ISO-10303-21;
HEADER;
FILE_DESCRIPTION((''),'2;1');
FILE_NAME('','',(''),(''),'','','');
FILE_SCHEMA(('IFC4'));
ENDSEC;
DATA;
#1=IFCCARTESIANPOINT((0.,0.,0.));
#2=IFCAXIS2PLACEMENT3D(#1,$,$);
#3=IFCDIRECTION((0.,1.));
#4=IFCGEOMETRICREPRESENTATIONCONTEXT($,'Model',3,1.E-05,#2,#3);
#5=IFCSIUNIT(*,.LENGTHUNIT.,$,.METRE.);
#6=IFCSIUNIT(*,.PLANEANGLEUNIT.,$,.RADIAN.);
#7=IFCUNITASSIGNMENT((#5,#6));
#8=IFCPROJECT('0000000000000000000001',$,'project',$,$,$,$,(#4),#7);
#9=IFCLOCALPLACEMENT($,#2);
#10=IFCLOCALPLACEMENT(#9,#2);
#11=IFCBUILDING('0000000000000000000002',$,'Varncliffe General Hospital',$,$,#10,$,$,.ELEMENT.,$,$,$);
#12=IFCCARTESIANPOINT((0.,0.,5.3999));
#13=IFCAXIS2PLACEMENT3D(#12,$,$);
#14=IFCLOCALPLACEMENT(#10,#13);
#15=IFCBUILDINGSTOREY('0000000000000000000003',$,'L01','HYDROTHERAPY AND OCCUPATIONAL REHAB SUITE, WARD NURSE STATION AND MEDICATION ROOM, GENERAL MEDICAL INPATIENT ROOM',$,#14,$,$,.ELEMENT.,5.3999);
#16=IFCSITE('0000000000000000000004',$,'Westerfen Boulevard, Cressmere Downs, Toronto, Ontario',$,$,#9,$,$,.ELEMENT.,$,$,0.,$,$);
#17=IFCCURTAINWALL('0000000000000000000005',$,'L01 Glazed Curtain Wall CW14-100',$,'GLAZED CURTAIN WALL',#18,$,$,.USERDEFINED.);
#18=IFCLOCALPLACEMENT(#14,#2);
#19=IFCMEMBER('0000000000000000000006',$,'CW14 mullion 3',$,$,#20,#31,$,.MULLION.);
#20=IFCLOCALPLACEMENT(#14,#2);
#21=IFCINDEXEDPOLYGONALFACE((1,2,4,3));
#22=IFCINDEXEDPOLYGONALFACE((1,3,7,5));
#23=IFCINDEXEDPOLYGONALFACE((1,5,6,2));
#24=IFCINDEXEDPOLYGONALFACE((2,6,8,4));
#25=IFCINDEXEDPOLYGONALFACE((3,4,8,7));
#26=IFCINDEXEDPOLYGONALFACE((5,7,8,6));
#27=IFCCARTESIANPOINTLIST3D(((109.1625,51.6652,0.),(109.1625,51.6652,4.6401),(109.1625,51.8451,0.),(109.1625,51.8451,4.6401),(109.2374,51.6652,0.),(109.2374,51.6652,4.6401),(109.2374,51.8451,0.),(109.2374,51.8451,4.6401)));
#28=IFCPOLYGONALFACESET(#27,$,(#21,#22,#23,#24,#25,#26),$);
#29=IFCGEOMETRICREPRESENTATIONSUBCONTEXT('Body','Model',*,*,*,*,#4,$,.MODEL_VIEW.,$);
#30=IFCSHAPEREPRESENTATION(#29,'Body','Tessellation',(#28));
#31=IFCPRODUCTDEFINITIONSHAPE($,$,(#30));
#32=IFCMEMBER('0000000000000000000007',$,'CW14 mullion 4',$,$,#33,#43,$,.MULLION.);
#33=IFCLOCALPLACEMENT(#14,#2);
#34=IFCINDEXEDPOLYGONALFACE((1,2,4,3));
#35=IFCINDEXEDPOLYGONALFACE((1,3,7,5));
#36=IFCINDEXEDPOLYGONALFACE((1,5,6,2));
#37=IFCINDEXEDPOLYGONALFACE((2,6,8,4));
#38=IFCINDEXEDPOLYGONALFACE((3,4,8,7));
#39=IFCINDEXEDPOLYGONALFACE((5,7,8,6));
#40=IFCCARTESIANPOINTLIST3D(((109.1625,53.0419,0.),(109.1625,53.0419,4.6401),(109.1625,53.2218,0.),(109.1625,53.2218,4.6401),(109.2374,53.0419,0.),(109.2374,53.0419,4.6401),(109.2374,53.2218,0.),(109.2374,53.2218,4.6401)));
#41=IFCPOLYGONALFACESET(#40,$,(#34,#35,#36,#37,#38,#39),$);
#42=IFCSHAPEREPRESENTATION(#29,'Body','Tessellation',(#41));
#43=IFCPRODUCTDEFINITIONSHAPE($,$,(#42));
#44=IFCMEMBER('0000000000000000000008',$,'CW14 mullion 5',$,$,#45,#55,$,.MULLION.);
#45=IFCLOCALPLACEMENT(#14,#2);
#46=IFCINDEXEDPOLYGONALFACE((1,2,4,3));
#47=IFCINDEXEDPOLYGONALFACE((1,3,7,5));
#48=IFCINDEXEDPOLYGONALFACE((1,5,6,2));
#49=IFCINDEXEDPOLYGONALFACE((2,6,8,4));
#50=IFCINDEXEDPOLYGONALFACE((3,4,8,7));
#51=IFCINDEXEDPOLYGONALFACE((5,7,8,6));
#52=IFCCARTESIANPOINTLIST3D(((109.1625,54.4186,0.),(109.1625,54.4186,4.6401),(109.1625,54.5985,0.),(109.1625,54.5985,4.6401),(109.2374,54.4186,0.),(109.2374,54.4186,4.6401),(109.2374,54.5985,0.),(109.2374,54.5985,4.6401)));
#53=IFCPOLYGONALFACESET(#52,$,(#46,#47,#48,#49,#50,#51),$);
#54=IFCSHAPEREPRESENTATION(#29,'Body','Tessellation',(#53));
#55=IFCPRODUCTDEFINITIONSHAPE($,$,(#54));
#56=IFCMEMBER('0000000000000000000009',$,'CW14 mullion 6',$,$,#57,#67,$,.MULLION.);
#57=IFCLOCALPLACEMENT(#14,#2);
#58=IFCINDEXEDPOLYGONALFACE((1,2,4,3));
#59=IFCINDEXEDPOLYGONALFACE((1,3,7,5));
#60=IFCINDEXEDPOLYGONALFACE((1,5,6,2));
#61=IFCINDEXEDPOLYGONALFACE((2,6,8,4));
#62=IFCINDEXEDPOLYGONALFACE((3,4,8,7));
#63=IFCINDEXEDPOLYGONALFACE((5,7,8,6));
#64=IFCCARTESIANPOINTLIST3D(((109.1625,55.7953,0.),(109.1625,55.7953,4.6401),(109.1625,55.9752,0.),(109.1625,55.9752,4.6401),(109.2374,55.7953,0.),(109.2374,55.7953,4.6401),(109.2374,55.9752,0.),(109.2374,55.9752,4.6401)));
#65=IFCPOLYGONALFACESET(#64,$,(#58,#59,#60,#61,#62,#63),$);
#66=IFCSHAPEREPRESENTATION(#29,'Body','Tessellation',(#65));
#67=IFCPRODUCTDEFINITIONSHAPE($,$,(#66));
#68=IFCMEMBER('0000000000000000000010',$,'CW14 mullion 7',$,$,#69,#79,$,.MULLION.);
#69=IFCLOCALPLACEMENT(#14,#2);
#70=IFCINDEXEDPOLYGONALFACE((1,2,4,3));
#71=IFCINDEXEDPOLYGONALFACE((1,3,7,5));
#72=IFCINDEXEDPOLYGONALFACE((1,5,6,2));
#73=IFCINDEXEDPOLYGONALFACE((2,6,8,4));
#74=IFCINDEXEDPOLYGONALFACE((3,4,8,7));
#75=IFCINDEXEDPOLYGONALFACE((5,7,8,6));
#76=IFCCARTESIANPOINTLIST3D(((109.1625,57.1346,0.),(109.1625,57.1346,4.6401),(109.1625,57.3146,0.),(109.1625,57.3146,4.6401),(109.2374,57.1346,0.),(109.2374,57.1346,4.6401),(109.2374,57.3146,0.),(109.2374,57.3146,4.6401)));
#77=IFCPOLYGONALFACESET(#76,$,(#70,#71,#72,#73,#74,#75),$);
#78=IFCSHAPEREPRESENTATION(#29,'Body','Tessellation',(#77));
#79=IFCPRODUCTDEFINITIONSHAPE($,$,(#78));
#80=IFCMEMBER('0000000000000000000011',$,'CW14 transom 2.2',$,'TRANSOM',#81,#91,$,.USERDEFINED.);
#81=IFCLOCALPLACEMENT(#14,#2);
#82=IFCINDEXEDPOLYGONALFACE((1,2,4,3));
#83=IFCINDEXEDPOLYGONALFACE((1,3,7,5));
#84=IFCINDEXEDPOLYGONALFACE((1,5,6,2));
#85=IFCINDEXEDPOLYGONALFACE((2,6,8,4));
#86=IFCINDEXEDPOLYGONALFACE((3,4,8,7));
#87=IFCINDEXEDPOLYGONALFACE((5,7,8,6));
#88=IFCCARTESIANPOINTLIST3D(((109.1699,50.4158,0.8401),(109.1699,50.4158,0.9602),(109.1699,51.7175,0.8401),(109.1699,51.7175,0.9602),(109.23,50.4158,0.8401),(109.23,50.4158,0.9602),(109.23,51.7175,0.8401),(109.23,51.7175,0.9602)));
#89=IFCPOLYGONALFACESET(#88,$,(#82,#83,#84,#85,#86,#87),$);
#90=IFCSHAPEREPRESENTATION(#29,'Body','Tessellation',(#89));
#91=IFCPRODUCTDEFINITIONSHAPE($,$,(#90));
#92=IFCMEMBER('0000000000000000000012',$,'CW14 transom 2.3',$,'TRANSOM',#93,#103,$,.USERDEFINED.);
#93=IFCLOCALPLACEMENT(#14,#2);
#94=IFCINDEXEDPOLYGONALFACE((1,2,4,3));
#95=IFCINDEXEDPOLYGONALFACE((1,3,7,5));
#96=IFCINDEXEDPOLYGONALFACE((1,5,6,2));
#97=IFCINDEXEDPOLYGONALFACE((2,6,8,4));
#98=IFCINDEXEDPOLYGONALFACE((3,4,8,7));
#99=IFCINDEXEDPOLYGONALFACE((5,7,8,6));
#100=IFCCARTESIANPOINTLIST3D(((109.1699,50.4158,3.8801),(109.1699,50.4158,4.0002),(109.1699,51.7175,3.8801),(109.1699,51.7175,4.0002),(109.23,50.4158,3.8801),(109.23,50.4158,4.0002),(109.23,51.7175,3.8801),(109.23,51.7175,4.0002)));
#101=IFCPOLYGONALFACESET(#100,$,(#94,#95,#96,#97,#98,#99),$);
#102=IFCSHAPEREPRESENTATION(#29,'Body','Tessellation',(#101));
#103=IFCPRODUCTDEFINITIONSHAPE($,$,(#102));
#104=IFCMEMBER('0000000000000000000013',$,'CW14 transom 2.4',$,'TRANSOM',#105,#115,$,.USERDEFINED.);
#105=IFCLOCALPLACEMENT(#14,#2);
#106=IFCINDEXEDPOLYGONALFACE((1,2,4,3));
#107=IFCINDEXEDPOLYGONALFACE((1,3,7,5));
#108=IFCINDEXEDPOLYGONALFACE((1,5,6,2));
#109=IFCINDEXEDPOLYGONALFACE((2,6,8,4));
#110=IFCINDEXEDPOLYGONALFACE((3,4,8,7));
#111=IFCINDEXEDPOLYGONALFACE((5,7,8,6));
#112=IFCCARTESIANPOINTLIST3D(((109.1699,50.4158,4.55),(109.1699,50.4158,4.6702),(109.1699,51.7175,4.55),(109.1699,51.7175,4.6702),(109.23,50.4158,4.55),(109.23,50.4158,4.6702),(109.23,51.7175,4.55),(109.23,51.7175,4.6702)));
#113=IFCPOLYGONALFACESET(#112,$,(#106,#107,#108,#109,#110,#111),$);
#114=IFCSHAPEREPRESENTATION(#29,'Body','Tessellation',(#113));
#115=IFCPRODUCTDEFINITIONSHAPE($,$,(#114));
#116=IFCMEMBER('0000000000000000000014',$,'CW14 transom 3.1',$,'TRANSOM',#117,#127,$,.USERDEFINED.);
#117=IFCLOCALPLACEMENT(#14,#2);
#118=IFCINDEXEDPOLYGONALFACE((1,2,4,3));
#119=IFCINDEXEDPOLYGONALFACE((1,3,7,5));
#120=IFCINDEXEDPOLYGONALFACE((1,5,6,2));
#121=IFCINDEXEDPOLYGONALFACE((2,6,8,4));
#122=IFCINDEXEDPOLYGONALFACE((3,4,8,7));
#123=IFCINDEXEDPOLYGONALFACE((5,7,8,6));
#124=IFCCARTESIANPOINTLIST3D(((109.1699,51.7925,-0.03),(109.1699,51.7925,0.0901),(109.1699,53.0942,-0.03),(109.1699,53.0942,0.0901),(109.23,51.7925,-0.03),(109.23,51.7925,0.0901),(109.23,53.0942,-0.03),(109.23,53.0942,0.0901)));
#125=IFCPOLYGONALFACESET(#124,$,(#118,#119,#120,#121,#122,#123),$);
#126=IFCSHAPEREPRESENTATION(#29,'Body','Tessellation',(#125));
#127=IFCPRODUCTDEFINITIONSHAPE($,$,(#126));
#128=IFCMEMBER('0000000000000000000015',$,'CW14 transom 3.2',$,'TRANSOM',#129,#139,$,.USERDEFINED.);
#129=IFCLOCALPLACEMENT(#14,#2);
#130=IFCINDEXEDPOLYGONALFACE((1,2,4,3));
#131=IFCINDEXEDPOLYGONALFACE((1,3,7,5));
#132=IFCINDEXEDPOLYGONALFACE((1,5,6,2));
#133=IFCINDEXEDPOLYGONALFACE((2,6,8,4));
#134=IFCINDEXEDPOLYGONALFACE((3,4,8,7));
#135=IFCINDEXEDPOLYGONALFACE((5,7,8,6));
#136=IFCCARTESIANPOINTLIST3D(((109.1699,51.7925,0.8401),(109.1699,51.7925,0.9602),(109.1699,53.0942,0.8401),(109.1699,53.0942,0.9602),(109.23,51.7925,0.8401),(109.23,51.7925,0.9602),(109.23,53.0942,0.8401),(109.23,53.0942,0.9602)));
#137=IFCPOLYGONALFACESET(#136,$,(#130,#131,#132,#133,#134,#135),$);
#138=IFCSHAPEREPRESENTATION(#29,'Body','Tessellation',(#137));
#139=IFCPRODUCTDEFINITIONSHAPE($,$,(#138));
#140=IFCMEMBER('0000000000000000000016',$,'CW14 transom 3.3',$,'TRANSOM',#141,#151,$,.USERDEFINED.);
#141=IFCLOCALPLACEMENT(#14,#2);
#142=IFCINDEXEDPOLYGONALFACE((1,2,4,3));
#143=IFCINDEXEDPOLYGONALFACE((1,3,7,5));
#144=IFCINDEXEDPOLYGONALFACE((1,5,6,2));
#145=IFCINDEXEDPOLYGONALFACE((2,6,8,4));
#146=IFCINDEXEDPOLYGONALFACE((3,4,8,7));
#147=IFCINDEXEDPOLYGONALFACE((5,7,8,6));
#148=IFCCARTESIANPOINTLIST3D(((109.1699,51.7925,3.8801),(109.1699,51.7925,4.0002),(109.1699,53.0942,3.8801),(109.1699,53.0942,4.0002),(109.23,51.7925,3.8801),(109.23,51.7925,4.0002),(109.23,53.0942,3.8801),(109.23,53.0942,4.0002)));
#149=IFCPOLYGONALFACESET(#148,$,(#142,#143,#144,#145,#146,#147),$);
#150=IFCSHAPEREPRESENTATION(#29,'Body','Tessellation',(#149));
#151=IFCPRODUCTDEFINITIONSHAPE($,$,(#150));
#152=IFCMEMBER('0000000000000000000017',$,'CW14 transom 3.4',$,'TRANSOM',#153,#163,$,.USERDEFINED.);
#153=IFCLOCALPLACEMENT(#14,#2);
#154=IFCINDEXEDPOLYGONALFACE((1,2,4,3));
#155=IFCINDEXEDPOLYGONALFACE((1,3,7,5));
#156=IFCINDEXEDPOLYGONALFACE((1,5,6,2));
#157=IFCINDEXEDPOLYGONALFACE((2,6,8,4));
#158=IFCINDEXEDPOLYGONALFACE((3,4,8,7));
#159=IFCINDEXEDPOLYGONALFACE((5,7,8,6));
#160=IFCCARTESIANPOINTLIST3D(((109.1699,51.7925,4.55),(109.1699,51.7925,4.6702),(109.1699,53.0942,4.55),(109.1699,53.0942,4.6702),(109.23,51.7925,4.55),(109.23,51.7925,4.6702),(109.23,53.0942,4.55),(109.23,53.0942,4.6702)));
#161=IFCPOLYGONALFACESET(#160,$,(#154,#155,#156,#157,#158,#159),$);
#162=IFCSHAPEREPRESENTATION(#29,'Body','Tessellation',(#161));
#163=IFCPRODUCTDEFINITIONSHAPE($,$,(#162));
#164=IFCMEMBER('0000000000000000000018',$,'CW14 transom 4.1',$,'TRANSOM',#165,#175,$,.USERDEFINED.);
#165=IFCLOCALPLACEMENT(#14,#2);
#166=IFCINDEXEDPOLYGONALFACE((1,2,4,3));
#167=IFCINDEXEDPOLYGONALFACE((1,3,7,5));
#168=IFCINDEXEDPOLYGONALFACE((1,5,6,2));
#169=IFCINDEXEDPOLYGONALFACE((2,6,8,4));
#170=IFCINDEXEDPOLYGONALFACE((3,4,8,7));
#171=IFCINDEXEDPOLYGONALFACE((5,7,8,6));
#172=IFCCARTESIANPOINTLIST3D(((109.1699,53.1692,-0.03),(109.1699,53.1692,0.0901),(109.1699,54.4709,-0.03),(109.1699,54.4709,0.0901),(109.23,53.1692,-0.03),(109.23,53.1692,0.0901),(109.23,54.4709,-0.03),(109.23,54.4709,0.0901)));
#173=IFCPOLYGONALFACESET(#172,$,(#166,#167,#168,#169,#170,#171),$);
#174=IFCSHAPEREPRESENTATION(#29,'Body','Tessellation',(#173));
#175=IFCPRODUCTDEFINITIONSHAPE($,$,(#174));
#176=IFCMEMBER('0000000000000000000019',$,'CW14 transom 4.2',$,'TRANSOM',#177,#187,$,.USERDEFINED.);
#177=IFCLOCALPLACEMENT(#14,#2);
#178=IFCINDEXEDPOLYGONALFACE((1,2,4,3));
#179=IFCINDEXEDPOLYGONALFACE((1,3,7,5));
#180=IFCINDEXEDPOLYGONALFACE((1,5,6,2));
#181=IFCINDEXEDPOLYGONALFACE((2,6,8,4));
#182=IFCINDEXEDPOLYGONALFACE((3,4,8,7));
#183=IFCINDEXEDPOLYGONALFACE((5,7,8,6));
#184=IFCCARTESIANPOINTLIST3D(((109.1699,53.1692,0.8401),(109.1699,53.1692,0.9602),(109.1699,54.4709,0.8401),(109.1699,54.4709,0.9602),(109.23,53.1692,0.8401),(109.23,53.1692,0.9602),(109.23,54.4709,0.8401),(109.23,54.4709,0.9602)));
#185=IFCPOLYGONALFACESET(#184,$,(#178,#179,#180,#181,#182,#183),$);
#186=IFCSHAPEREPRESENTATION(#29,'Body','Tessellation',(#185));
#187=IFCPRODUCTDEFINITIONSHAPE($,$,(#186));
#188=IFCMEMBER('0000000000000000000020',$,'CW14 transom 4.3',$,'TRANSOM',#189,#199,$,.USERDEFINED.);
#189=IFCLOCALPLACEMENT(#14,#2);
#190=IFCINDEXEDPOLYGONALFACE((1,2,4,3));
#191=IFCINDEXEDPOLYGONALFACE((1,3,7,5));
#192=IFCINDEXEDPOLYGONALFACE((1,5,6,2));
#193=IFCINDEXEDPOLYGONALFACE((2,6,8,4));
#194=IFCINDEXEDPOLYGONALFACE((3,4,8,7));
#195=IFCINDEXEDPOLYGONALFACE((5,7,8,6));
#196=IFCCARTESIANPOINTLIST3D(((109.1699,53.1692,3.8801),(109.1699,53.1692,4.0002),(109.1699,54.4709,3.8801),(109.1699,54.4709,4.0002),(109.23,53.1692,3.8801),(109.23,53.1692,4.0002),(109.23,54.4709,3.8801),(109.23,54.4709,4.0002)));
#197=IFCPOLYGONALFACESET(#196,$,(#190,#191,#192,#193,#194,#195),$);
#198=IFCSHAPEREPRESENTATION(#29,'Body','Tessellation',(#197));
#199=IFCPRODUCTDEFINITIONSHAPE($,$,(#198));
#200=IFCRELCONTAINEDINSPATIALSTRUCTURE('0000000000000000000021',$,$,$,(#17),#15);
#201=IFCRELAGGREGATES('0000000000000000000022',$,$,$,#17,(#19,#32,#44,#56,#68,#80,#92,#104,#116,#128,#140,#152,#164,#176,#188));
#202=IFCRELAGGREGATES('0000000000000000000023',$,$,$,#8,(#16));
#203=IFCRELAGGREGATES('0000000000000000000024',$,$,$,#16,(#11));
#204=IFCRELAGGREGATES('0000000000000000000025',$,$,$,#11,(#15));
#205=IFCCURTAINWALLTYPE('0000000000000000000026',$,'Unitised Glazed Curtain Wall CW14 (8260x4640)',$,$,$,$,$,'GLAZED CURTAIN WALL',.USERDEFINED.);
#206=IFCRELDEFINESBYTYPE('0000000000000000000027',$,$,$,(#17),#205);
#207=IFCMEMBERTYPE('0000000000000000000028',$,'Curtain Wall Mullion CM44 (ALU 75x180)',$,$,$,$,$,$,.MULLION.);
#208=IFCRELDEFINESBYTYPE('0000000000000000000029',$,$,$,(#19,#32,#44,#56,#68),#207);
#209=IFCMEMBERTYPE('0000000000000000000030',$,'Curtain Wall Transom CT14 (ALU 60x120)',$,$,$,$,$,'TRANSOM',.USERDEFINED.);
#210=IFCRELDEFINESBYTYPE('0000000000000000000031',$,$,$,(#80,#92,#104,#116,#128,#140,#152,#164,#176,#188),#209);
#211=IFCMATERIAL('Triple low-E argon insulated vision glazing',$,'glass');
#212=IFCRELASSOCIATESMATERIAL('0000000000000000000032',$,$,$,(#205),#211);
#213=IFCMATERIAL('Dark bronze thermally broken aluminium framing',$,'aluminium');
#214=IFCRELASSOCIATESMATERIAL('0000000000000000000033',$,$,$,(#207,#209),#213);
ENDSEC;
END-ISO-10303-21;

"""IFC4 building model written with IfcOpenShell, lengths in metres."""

from ifc_helpers import new_model, si_unit, direction, frame, origin, origin_2d, place, context, subcontext, project, spatial, rectangle, extrude, material, material_profile, profile_set, type_object, element, aggregate, save


model = new_model("IFC4")

# Units and contexts
model_context = context("Model", 3, precision=1e-05, world=origin(), true_north=direction((0.0, 1.0)))
body_context = subcontext(model_context, "Body", "Model", "MODEL_VIEW")
ifc_project = project(units=[si_unit("LENGTHUNIT", "METRE"), si_unit("PLANEANGLEUNIT", "RADIAN")], contexts=[model_context])

# Site, building, storey
site_placement = place(None, origin())
site = spatial("IfcSite", under=ifc_project, at=site_placement, Name="Westerfen Boulevard, Cressmere Downs, Toronto, Ontario", CompositionType="ELEMENT", RefElevation=0.0)
building_placement = place(site_placement, origin())
building = spatial("IfcBuilding", under=site, at=building_placement, Name="Varncliffe General Hospital", CompositionType="ELEMENT")
storey_placement = place(building_placement, frame((0.0, 0.0, 5.3999)))
storey = spatial("IfcBuildingStorey", under=building, at=storey_placement, Name="L01", Description="HYDROTHERAPY AND OCCUPATIONAL REHAB SUITE, WARD NURSE STATION AND MEDICATION ROOM, GENERAL MEDICAL INPATIENT ROOM", CompositionType="ELEMENT", Elevation=5.3999)

# Curtain wall, members
ifc_material_1 = material(Name="Triple low-E argon insulated vision glazing", Category="glass")
curtain_wall_type = type_object("IfcCurtainWallType", Name="Unitised Glazed Curtain Wall CW14 (8260x4640)", ElementType="GLAZED CURTAIN WALL", PredefinedType="USERDEFINED", material=ifc_material_1)
curtain_wall_placement = place(storey_placement, origin())
curtain_wall = element("IfcCurtainWall", 1, at=curtain_wall_placement, inside=storey, type_object=curtain_wall_type, Name="L01 Glazed Curtain Wall CW14-100", ObjectType="GLAZED CURTAIN WALL", PredefinedType="USERDEFINED")
ifc_material_2 = material(Name="Dark bronze thermally broken aluminium framing", Category="aluminium")
ifc_material_profile_1 = material_profile(ifc_material_2, rectangle(XDim=0.075, YDim=0.1799, at=origin_2d()), Name="ALU 75x180")
ifc_profile_set_1 = profile_set([ifc_material_profile_1], Name="Dark bronze thermally broken aluminium framing")
member_type_1 = type_object("IfcMemberType", Name="Curtain Wall Mullion CM44 (ALU 75x180)", PredefinedType="MULLION", material=ifc_profile_set_1)
member_1_placement = place(storey_placement, frame((109.2, 51.7551, 0.0), z_axis=(0.0, 0.0, 1.0), x_axis=(-1.0, 0.0, 0.0)))
member_1 = element("IfcMember", 2, at=member_1_placement, type_object=member_type_1, Name="CW14 mullion 3", PredefinedType="MULLION", context=body_context, shape_type="SweptSolid", body=[
    extrude(rectangle(XDim=0.075, YDim=0.1799, at=origin_2d()), origin(), (0.0, 0.0, 1.0), 4.6401),
])
member_2_placement = place(storey_placement, frame((109.2, 53.1318, 0.0), z_axis=(0.0, 0.0, 1.0), x_axis=(-1.0, 0.0, 0.0)))
member_2 = element("IfcMember", 3, at=member_2_placement, type_object=member_type_1, Name="CW14 mullion 4", PredefinedType="MULLION", context=body_context, shape_type="SweptSolid", body=[
    extrude(rectangle(XDim=0.075, YDim=0.1799, at=origin_2d()), origin(), (0.0, 0.0, 1.0), 4.6401),
])
member_3_placement = place(storey_placement, frame((109.2, 54.5085, 0.0), z_axis=(0.0, 0.0, 1.0), x_axis=(-1.0, 0.0, 0.0)))
member_3 = element("IfcMember", 4, at=member_3_placement, type_object=member_type_1, Name="CW14 mullion 5", PredefinedType="MULLION", context=body_context, shape_type="SweptSolid", body=[
    extrude(rectangle(XDim=0.075, YDim=0.1799, at=origin_2d()), origin(), (0.0, 0.0, 1.0), 4.6401),
])
member_4_placement = place(storey_placement, frame((109.2, 55.8853, 0.0), z_axis=(0.0, 0.0, 1.0), x_axis=(-1.0, 0.0, 0.0)))
member_4 = element("IfcMember", 5, at=member_4_placement, type_object=member_type_1, Name="CW14 mullion 6", PredefinedType="MULLION", context=body_context, shape_type="SweptSolid", body=[
    extrude(rectangle(XDim=0.075, YDim=0.1799, at=origin_2d()), origin(), (0.0, 0.0, 1.0), 4.6401),
])
member_5_placement = place(storey_placement, frame((109.2, 57.2246, 0.0), z_axis=(0.0, 0.0, 1.0), x_axis=(-1.0, 0.0, 0.0)))
member_5 = element("IfcMember", 6, at=member_5_placement, type_object=member_type_1, Name="CW14 mullion 7", PredefinedType="MULLION", context=body_context, shape_type="SweptSolid", body=[
    extrude(rectangle(XDim=0.075, YDim=0.1799, at=origin_2d()), origin(), (0.0, 0.0, 1.0), 4.6401),
])
ifc_material_profile_2 = material_profile(ifc_material_2, rectangle(XDim=0.0601, YDim=0.1201, at=origin_2d()), Name="ALU 60x120")
ifc_profile_set_2 = profile_set([ifc_material_profile_2], Name="Dark bronze thermally broken aluminium framing")
member_type_2 = type_object("IfcMemberType", Name="Curtain Wall Transom CT14 (ALU 60x120)", ElementType="TRANSOM", PredefinedType="USERDEFINED", material=ifc_profile_set_2)
member_6_placement = place(storey_placement, frame((109.2, 50.4158, 0.9001), z_axis=(0.0, 1.0, 0.0), x_axis=(-1.0, 0.0, 0.0)))
member_6 = element("IfcMember", 7, at=member_6_placement, type_object=member_type_2, Name="CW14 transom 2.2", ObjectType="TRANSOM", PredefinedType="USERDEFINED", context=body_context, shape_type="SweptSolid", body=[
    extrude(rectangle(XDim=0.0601, YDim=0.1201, at=origin_2d()), origin(), (0.0, 0.0, 1.0), 1.3018),
])
member_7_placement = place(storey_placement, frame((109.2, 50.4158, 3.9402), z_axis=(0.0, 1.0, 0.0), x_axis=(-1.0, 0.0, 0.0)))
member_7 = element("IfcMember", 8, at=member_7_placement, type_object=member_type_2, Name="CW14 transom 2.3", ObjectType="TRANSOM", PredefinedType="USERDEFINED", context=body_context, shape_type="SweptSolid", body=[
    extrude(rectangle(XDim=0.0601, YDim=0.1201, at=origin_2d()), origin(), (0.0, 0.0, 1.0), 1.3018),
])
member_8_placement = place(storey_placement, frame((109.2, 50.4158, 4.6101), z_axis=(0.0, 1.0, 0.0), x_axis=(-1.0, 0.0, 0.0)))
member_8 = element("IfcMember", 9, at=member_8_placement, type_object=member_type_2, Name="CW14 transom 2.4", ObjectType="TRANSOM", PredefinedType="USERDEFINED", context=body_context, shape_type="SweptSolid", body=[
    extrude(rectangle(XDim=0.0601, YDim=0.1201, at=origin_2d()), origin(), (0.0, 0.0, 1.0), 1.3018),
])
member_9_placement = place(storey_placement, frame((109.2, 51.7925, 0.03), z_axis=(0.0, 1.0, 0.0), x_axis=(-1.0, 0.0, 0.0)))
member_9 = element("IfcMember", 10, at=member_9_placement, type_object=member_type_2, Name="CW14 transom 3.1", ObjectType="TRANSOM", PredefinedType="USERDEFINED", context=body_context, shape_type="SweptSolid", body=[
    extrude(rectangle(XDim=0.0601, YDim=0.1201, at=origin_2d()), origin(), (0.0, 0.0, 1.0), 1.3018),
])
member_10_placement = place(storey_placement, frame((109.2, 51.7925, 0.9001), z_axis=(0.0, 1.0, 0.0), x_axis=(-1.0, 0.0, 0.0)))
member_10 = element("IfcMember", 11, at=member_10_placement, type_object=member_type_2, Name="CW14 transom 3.2", ObjectType="TRANSOM", PredefinedType="USERDEFINED", context=body_context, shape_type="SweptSolid", body=[
    extrude(rectangle(XDim=0.0601, YDim=0.1201, at=origin_2d()), origin(), (0.0, 0.0, 1.0), 1.3018),
])
member_11_placement = place(storey_placement, frame((109.2, 51.7925, 3.9402), z_axis=(0.0, 1.0, 0.0), x_axis=(-1.0, 0.0, 0.0)))
member_11 = element("IfcMember", 12, at=member_11_placement, type_object=member_type_2, Name="CW14 transom 3.3", ObjectType="TRANSOM", PredefinedType="USERDEFINED", context=body_context, shape_type="SweptSolid", body=[
    extrude(rectangle(XDim=0.0601, YDim=0.1201, at=origin_2d()), origin(), (0.0, 0.0, 1.0), 1.3018),
])
member_12_placement = place(storey_placement, frame((109.2, 51.7925, 4.6101), z_axis=(0.0, 1.0, 0.0), x_axis=(-1.0, 0.0, 0.0)))
member_12 = element("IfcMember", 13, at=member_12_placement, type_object=member_type_2, Name="CW14 transom 3.4", ObjectType="TRANSOM", PredefinedType="USERDEFINED", context=body_context, shape_type="SweptSolid", body=[
    extrude(rectangle(XDim=0.0601, YDim=0.1201, at=origin_2d()), origin(), (0.0, 0.0, 1.0), 1.3018),
])
member_13_placement = place(storey_placement, frame((109.2, 53.1692, 0.03), z_axis=(0.0, 1.0, 0.0), x_axis=(-1.0, 0.0, 0.0)))
member_13 = element("IfcMember", 14, at=member_13_placement, type_object=member_type_2, Name="CW14 transom 4.1", ObjectType="TRANSOM", PredefinedType="USERDEFINED", context=body_context, shape_type="SweptSolid", body=[
    extrude(rectangle(XDim=0.0601, YDim=0.1201, at=origin_2d()), origin(), (0.0, 0.0, 1.0), 1.3018),
])
member_14_placement = place(storey_placement, frame((109.2, 53.1692, 0.9001), z_axis=(0.0, 1.0, 0.0), x_axis=(-1.0, 0.0, 0.0)))
member_14 = element("IfcMember", 15, at=member_14_placement, type_object=member_type_2, Name="CW14 transom 4.2", ObjectType="TRANSOM", PredefinedType="USERDEFINED", context=body_context, shape_type="SweptSolid", body=[
    extrude(rectangle(XDim=0.0601, YDim=0.1201, at=origin_2d()), origin(), (0.0, 0.0, 1.0), 1.3018),
])
member_15_placement = place(storey_placement, frame((109.2, 53.1692, 3.9402), z_axis=(0.0, 1.0, 0.0), x_axis=(-1.0, 0.0, 0.0)))
member_15 = element("IfcMember", 16, at=member_15_placement, type_object=member_type_2, Name="CW14 transom 4.3", ObjectType="TRANSOM", PredefinedType="USERDEFINED", context=body_context, shape_type="SweptSolid", body=[
    extrude(rectangle(XDim=0.0601, YDim=0.1201, at=origin_2d()), origin(), (0.0, 0.0, 1.0), 1.3018),
])
aggregate(curtain_wall, [member_1, member_2, member_3, member_4, member_5, member_6, member_7, member_8, member_9, member_10, member_11, member_12, member_13, member_14, member_15])

save(model, "model.ifc")
